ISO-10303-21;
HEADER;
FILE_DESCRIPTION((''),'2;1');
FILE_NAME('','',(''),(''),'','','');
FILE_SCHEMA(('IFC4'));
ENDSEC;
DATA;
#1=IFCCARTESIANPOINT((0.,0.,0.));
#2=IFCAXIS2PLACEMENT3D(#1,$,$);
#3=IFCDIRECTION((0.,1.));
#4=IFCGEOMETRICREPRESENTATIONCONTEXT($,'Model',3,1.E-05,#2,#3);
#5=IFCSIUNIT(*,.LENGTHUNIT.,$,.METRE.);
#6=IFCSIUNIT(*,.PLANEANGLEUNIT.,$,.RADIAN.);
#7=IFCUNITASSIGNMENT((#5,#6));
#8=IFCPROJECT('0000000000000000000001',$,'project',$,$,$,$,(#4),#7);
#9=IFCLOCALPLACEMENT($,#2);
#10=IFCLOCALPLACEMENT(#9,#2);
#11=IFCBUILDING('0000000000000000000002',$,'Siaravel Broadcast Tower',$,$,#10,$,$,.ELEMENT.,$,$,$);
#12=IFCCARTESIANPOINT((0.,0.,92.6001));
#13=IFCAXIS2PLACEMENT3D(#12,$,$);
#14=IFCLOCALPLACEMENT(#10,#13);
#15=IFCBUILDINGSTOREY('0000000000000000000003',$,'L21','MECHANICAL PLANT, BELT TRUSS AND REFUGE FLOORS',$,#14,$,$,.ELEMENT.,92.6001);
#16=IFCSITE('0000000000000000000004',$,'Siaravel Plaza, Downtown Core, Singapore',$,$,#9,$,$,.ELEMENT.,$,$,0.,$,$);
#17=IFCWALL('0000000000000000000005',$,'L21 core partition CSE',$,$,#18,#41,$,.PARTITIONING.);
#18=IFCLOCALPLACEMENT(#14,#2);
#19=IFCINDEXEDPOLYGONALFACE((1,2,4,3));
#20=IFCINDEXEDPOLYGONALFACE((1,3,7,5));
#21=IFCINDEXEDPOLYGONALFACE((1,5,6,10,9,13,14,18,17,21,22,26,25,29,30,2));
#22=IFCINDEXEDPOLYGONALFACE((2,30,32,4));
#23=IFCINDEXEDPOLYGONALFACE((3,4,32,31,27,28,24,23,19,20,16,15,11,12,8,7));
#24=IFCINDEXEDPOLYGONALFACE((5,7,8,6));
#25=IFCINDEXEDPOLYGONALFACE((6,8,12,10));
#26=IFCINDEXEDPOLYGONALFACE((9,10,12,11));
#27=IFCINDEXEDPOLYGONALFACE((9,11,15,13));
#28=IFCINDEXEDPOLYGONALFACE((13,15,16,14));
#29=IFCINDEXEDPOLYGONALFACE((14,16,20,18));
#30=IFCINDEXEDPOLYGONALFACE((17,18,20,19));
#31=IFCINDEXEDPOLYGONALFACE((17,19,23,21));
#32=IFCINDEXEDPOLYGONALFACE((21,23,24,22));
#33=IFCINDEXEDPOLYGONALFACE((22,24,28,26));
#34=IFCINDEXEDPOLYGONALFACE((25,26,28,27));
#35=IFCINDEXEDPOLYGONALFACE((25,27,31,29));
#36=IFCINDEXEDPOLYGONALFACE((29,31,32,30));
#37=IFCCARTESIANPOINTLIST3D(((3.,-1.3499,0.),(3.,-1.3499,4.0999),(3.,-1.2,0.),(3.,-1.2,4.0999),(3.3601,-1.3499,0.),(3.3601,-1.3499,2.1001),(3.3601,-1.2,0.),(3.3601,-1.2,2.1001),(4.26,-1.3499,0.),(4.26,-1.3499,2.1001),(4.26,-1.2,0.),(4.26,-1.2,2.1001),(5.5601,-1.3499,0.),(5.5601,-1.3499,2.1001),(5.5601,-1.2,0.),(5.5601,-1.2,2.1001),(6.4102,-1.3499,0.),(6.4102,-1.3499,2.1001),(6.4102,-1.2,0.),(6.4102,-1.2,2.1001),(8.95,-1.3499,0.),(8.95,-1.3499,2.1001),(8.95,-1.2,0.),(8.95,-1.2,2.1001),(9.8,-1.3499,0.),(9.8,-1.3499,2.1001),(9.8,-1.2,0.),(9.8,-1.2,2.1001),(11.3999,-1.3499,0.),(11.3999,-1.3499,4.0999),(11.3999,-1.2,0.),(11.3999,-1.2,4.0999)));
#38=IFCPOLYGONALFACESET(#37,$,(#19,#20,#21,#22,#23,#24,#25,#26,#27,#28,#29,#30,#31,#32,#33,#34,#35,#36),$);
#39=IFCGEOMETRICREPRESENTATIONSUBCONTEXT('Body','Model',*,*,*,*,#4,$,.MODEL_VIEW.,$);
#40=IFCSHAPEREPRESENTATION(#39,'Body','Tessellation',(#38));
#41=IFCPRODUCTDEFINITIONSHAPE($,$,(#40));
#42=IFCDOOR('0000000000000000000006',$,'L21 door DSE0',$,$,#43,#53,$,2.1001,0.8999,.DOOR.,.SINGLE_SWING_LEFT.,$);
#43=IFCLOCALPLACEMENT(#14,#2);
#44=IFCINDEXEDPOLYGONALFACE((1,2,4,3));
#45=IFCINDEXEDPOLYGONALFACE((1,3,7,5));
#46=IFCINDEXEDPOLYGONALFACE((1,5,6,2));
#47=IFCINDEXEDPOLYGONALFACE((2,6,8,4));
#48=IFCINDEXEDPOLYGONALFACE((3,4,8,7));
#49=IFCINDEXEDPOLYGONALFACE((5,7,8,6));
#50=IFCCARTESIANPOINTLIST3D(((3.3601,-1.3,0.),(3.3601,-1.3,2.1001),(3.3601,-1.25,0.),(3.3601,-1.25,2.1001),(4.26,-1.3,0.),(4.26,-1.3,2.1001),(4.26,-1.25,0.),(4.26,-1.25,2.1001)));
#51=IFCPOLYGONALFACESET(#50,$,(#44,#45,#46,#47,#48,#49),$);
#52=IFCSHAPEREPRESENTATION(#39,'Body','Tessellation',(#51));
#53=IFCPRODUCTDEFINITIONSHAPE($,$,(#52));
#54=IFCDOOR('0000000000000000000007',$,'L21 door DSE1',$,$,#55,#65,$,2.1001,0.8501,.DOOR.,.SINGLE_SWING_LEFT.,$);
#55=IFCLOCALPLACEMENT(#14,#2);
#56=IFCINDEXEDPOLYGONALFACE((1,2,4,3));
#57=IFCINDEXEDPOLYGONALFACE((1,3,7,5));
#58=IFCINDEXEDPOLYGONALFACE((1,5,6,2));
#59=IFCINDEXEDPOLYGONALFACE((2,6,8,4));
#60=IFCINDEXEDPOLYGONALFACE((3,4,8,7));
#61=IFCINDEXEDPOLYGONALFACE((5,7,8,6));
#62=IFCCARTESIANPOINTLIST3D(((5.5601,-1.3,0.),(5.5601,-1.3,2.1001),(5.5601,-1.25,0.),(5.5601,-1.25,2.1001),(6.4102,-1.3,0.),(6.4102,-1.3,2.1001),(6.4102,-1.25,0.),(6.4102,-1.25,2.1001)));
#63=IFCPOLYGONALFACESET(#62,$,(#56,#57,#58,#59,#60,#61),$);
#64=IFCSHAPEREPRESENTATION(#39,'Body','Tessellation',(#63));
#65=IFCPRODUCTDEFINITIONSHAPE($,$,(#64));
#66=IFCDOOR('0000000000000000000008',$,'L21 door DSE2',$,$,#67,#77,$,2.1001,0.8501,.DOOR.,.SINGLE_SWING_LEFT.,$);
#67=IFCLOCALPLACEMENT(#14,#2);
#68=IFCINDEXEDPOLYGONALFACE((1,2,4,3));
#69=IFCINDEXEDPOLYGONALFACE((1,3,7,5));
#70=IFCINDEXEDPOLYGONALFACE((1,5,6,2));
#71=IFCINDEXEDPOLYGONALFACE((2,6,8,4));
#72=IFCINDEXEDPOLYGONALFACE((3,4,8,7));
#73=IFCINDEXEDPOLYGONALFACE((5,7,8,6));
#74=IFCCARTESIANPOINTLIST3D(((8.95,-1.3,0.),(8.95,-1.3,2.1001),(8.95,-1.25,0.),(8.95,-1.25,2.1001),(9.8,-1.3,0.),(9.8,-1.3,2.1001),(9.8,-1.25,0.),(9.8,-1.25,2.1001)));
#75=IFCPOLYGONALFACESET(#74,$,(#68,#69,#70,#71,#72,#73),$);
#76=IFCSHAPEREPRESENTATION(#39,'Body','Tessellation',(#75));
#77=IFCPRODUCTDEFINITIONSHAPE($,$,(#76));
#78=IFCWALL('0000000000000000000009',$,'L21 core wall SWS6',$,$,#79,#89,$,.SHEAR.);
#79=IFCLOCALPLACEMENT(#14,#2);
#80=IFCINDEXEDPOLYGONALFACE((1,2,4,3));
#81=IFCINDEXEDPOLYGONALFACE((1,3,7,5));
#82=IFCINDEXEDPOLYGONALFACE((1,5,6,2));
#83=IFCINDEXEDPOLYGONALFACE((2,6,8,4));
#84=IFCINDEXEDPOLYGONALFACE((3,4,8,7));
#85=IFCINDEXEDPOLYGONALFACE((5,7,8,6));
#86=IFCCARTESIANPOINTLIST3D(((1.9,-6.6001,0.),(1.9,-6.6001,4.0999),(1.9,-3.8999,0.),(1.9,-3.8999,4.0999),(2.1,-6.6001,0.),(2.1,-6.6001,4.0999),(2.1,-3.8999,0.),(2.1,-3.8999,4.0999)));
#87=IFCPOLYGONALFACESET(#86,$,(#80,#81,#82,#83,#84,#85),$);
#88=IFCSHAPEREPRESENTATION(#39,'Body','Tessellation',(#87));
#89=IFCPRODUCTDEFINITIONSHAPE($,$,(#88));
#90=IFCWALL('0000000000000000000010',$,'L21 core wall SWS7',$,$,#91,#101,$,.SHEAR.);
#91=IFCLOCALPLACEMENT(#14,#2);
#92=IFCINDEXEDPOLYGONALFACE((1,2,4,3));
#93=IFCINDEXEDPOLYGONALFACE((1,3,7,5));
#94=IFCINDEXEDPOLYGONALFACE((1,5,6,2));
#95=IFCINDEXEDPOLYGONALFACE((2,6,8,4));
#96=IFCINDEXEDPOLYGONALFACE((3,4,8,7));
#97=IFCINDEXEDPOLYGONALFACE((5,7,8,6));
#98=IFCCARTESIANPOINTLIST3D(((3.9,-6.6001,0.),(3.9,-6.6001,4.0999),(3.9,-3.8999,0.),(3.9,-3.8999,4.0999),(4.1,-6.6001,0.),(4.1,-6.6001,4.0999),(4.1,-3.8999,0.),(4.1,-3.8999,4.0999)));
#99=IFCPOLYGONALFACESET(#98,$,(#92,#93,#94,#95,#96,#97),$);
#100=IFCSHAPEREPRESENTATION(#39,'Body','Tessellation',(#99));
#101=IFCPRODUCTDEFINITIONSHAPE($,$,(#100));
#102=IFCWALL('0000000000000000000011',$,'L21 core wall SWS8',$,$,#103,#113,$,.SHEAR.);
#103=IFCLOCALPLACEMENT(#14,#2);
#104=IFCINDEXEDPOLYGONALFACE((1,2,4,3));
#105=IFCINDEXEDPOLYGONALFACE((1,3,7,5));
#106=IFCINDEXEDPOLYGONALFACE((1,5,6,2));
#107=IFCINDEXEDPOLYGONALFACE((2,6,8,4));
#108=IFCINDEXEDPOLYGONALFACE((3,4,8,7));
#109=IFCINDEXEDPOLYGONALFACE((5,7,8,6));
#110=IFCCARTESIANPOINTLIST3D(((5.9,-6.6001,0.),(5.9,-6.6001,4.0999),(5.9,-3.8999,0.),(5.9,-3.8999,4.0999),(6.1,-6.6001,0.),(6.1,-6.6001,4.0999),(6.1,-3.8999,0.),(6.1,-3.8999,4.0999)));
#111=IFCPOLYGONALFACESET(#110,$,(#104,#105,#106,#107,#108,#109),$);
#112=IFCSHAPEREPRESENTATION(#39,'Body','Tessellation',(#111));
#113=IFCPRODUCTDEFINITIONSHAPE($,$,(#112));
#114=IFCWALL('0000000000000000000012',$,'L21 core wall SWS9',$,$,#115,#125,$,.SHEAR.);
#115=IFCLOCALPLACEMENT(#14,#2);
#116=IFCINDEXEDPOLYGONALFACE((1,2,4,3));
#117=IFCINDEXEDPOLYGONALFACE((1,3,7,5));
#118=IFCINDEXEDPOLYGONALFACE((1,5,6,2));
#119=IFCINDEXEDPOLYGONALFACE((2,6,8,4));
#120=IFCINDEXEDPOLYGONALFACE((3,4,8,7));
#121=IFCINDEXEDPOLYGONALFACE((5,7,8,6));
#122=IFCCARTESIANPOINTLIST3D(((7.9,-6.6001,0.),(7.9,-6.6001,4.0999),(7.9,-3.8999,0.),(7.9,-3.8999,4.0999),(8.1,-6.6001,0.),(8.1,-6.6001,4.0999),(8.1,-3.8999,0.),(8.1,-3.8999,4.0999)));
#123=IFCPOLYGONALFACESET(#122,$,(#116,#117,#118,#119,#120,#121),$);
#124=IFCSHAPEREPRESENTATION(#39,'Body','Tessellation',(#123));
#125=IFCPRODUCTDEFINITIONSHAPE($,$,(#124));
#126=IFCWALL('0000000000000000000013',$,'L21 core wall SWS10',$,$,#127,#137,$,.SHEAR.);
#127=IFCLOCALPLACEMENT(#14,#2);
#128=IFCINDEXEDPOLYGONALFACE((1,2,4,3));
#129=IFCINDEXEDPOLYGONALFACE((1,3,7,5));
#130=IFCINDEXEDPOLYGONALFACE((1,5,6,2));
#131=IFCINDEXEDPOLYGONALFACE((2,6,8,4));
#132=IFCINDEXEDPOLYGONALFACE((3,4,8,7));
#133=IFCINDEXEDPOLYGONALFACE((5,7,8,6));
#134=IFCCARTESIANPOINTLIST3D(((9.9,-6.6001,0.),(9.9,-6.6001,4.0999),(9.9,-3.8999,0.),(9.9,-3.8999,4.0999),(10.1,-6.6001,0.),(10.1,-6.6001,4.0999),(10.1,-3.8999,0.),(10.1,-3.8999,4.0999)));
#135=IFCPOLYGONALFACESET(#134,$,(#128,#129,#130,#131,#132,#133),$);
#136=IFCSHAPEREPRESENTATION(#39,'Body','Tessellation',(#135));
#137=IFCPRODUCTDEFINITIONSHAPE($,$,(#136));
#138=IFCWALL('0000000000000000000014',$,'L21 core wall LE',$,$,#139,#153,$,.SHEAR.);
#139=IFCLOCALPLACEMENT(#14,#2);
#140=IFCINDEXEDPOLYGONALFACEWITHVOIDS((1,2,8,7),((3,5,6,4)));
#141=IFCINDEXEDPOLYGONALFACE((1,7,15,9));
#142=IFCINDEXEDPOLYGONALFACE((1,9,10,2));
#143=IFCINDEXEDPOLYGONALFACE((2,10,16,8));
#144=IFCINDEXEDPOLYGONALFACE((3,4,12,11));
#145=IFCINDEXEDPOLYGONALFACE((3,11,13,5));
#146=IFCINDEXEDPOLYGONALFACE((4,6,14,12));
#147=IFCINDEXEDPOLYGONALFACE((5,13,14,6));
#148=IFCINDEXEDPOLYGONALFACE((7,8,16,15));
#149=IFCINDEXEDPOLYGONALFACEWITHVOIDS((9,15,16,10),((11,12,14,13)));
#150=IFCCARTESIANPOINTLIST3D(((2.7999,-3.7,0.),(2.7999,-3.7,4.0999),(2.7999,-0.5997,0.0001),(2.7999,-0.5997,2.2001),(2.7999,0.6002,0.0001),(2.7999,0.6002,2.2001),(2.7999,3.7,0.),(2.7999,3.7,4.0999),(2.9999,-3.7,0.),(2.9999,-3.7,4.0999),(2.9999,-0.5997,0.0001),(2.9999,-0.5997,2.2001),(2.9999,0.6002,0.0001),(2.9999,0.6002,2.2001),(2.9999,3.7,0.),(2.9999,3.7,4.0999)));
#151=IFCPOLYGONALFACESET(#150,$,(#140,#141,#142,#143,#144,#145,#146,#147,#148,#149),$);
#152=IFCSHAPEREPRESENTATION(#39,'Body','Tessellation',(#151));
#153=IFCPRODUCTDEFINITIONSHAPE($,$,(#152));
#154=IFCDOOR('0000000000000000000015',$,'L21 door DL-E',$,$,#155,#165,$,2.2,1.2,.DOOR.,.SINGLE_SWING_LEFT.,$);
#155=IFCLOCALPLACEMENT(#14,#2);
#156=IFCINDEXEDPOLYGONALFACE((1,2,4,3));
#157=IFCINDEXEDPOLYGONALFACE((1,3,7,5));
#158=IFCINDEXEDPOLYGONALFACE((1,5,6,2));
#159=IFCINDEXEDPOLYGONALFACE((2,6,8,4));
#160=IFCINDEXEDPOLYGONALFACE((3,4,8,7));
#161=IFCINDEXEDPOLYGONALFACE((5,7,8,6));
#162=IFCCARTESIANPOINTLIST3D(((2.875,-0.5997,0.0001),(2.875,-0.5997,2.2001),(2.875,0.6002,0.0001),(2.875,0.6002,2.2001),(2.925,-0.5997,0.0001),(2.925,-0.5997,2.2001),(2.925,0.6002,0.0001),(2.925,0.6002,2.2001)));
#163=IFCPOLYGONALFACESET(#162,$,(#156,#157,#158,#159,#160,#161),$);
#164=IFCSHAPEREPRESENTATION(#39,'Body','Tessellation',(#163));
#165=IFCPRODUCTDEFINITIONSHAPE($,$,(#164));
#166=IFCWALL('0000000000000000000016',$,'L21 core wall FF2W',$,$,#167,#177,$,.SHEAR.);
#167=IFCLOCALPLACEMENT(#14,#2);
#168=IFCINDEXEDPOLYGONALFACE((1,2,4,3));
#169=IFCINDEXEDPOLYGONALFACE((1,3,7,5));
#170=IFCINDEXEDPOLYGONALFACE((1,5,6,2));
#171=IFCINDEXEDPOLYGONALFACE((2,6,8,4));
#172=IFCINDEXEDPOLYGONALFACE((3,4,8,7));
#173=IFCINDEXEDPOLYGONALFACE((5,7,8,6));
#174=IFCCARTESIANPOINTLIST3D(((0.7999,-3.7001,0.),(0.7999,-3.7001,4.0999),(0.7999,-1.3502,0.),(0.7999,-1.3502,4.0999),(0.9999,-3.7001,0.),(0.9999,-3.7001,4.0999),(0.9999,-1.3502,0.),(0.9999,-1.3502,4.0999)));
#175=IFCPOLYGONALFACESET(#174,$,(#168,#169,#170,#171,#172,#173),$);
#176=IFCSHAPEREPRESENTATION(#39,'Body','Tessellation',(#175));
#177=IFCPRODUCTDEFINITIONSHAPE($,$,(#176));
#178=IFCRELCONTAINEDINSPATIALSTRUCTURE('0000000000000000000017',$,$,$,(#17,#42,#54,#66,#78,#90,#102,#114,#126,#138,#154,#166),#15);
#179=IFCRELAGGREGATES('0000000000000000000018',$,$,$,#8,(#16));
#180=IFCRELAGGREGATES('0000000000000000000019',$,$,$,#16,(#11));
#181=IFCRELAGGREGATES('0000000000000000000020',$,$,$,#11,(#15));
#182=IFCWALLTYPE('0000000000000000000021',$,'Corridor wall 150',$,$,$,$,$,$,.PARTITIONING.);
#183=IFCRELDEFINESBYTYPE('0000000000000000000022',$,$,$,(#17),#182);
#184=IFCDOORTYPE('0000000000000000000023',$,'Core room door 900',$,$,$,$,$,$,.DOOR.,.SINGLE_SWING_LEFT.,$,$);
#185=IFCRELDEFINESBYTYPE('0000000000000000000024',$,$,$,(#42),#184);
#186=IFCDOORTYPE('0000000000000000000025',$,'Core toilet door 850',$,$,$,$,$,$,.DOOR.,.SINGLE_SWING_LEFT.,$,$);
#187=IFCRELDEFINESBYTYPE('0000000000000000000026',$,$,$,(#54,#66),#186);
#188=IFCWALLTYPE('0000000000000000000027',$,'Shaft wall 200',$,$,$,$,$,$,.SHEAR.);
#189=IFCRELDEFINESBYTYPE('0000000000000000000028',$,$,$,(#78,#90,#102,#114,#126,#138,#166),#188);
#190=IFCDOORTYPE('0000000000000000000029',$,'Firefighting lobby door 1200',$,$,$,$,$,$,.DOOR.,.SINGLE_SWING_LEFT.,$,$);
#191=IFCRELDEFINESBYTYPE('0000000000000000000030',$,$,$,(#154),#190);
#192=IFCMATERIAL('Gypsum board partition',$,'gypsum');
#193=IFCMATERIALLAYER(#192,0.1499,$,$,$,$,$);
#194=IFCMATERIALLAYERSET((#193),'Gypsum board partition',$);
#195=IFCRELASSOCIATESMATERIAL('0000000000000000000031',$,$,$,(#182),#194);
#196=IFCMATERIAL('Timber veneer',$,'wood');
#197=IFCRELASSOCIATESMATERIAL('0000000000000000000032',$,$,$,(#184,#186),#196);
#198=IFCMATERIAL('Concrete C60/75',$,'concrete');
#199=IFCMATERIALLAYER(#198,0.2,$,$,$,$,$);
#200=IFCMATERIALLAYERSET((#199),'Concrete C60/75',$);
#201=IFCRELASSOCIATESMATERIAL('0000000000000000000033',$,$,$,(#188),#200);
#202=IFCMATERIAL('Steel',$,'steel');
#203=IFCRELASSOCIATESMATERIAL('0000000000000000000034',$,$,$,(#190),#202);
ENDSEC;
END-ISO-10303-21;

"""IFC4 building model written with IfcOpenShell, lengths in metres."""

from ifc_helpers import new_model, si_unit, direction, frame, frame_2d, origin, place, context, subcontext, project, spatial, rectangle, extrude, material, layer, layer_set, type_object, element, fill, save


model = new_model("IFC4")

# Units and contexts
model_context = context("Model", 3, precision=1e-05, world=origin(), true_north=direction((0.0, 1.0)))
body_context = subcontext(model_context, "Body", "Model", "MODEL_VIEW")
ifc_project = project(units=[si_unit("LENGTHUNIT", "METRE"), si_unit("PLANEANGLEUNIT", "RADIAN")], contexts=[model_context])

# Site, building, storey
site_placement = place(None, origin())
site = spatial("IfcSite", under=ifc_project, at=site_placement, Name="Siaravel Plaza, Downtown Core, Singapore", CompositionType="ELEMENT", RefElevation=0.0)
building_placement = place(site_placement, origin())
building = spatial("IfcBuilding", under=site, at=building_placement, Name="Siaravel Broadcast Tower", CompositionType="ELEMENT")
storey_placement = place(building_placement, frame((0.0, 0.0, 92.6001)))
storey = spatial("IfcBuildingStorey", under=building, at=storey_placement, Name="L21", Description="MECHANICAL PLANT, BELT TRUSS AND REFUGE FLOORS", CompositionType="ELEMENT", Elevation=92.6001)

# Wall, openings, doors
ifc_material_1 = material(Name="Gypsum board partition", Category="gypsum")
ifc_layer_1 = layer(ifc_material_1, 0.1499)
ifc_layer_set_1 = layer_set([ifc_layer_1], Name="Gypsum board partition")
wall_type_1 = type_object("IfcWallType", Name="Corridor wall 150", PredefinedType="PARTITIONING", material=ifc_layer_set_1)
wall_1_placement = place(storey_placement, frame((3.0, -1.2749, 0.0), z_axis=(0.0, 0.0, 1.0), x_axis=(1.0, 0.0, 0.0)))
wall_1 = element("IfcWall", 1, at=wall_1_placement, inside=storey, type_object=wall_type_1, Name="L21 core partition CSE", PredefinedType="PARTITIONING", context=body_context, shape_type="SweptSolid", body=[
    extrude(rectangle(XDim=8.3999, YDim=0.1499, at=frame_2d((4.2, 0.0))), origin(), (0.0, 0.0, 1.0), 4.0999),
])
opening_1_placement = place(wall_1_placement, frame((0.3601, 0.0, 0.0)))
opening_1 = element("IfcOpeningElement", 2, at=opening_1_placement, cuts=wall_1, PredefinedType="OPENING", context=body_context, shape_type="SweptSolid", body=[
    extrude(rectangle(XDim=0.8999, YDim=2.1001, at=frame_2d((0.45, 1.05))), frame((0.0, 0.085, 0.0), z_axis=(0.0, -1.0, 0.0), x_axis=(1.0, 0.0, 0.0)), (0.0, 0.0, 1.0), 0.1699),
])
opening_2_placement = place(wall_1_placement, frame((2.5601, 0.0, 0.0)))
opening_2 = element("IfcOpeningElement", 3, at=opening_2_placement, cuts=wall_1, PredefinedType="OPENING", context=body_context, shape_type="SweptSolid", body=[
    extrude(rectangle(XDim=0.8501, YDim=2.1001, at=frame_2d((0.425, 1.05))), frame((0.0, 0.085, 0.0), z_axis=(0.0, -1.0, 0.0), x_axis=(1.0, 0.0, 0.0)), (0.0, 0.0, 1.0), 0.1699),
])
opening_3_placement = place(wall_1_placement, frame((5.95, 0.0, 0.0)))
opening_3 = element("IfcOpeningElement", 4, at=opening_3_placement, cuts=wall_1, PredefinedType="OPENING", context=body_context, shape_type="SweptSolid", body=[
    extrude(rectangle(XDim=0.8501, YDim=2.1001, at=frame_2d((0.425, 1.05))), frame((0.0, 0.085, 0.0), z_axis=(0.0, -1.0, 0.0), x_axis=(1.0, 0.0, 0.0)), (0.0, 0.0, 1.0), 0.1699),
])
ifc_material_2 = material(Name="Timber veneer", Category="wood")
door_type_1 = type_object("IfcDoorType", Name="Core room door 900", OperationType="SINGLE_SWING_LEFT", PredefinedType="DOOR", material=ifc_material_2)
door_1_placement = place(opening_1_placement, origin())
door_1 = element("IfcDoor", 5, at=door_1_placement, inside=storey, type_object=door_type_1, Name="L21 door DSE0", OperationType="SINGLE_SWING_LEFT", OverallHeight=2.1001, OverallWidth=0.8999, PredefinedType="DOOR", context=body_context, shape_type="SweptSolid", body=[
    extrude(rectangle(XDim=0.8999, YDim=2.1001, at=frame_2d((0.45, 1.05))), frame((0.0, 0.0249, 0.0), z_axis=(0.0, -1.0, 0.0), x_axis=(1.0, 0.0, 0.0)), (0.0, 0.0, 1.0), 0.05),
])
fill(opening_1, door_1)
door_type_2 = type_object("IfcDoorType", Name="Core toilet door 850", OperationType="SINGLE_SWING_LEFT", PredefinedType="DOOR", material=ifc_material_2)
door_2_placement = place(opening_2_placement, origin())
door_2 = element("IfcDoor", 6, at=door_2_placement, inside=storey, type_object=door_type_2, Name="L21 door DSE1", OperationType="SINGLE_SWING_LEFT", OverallHeight=2.1001, OverallWidth=0.8501, PredefinedType="DOOR", context=body_context, shape_type="SweptSolid", body=[
    extrude(rectangle(XDim=0.8501, YDim=2.1001, at=frame_2d((0.425, 1.05))), frame((0.0, 0.0249, 0.0), z_axis=(0.0, -1.0, 0.0), x_axis=(1.0, 0.0, 0.0)), (0.0, 0.0, 1.0), 0.05),
])
fill(opening_2, door_2)
door_3_placement = place(opening_3_placement, origin())
door_3 = element("IfcDoor", 7, at=door_3_placement, inside=storey, type_object=door_type_2, Name="L21 door DSE2", OperationType="SINGLE_SWING_LEFT", OverallHeight=2.1001, OverallWidth=0.8501, PredefinedType="DOOR", context=body_context, shape_type="SweptSolid", body=[
    extrude(rectangle(XDim=0.8501, YDim=2.1001, at=frame_2d((0.425, 1.05))), frame((0.0, 0.0249, 0.0), z_axis=(0.0, -1.0, 0.0), x_axis=(1.0, 0.0, 0.0)), (0.0, 0.0, 1.0), 0.05),
])
fill(opening_3, door_3)

# Walls
ifc_material_3 = material(Name="Concrete C60/75", Category="concrete")
ifc_layer_2 = layer(ifc_material_3, 0.2)
ifc_layer_set_2 = layer_set([ifc_layer_2], Name="Concrete C60/75")
wall_type_2 = type_object("IfcWallType", Name="Shaft wall 200", PredefinedType="SHEAR", material=ifc_layer_set_2)
for number, where, z_axis, x_axis, name in (
    (8, (2.0, -6.6001, 0.0), (0.0, 0.0, 1.0), (0.0, 1.0, 0.0), "L21 core wall SWS6"),
    (9, (4.0, -6.6001, 0.0), (0.0, 0.0, 1.0), (0.0, 1.0, 0.0), "L21 core wall SWS7"),
    (10, (6.0, -6.6001, 0.0), (0.0, 0.0, 1.0), (0.0, 1.0, 0.0), "L21 core wall SWS8"),
    (11, (8.0, -6.6001, 0.0), (0.0, 0.0, 1.0), (0.0, 1.0, 0.0), "L21 core wall SWS9"),
    (12, (10.0, -6.6001, 0.0), (0.0, 0.0, 1.0), (0.0, 1.0, 0.0), "L21 core wall SWS10"),
):
    element("IfcWall", number, at=place(storey_placement, frame(where, z_axis=z_axis, x_axis=x_axis)), inside=storey, type_object=wall_type_2, Name=name, PredefinedType="SHEAR", context=body_context, shape_type="SweptSolid", body=[
        extrude(rectangle(XDim=2.7002, YDim=0.2, at=frame_2d((1.3501, 0.0))), origin(), (0.0, 0.0, 1.0), 4.0999),
    ])

# Wall, opening, door
wall_2_placement = place(storey_placement, frame((2.8999, -3.7, 0.0), z_axis=(0.0, 0.0, 1.0), x_axis=(0.0, 1.0, 0.0)))
wall_2 = element("IfcWall", 13, at=wall_2_placement, inside=storey, type_object=wall_type_2, Name="L21 core wall LE", PredefinedType="SHEAR", context=body_context, shape_type="SweptSolid", body=[
    extrude(rectangle(XDim=7.3999, YDim=0.2, at=frame_2d((3.7, 0.0))), origin(), (0.0, 0.0, 1.0), 4.0999),
])
opening_4_placement = place(wall_2_placement, frame((3.1001, 0.0, 0.0)))
opening_4 = element("IfcOpeningElement", 14, at=opening_4_placement, cuts=wall_2, PredefinedType="OPENING", context=body_context, shape_type="SweptSolid", body=[
    extrude(rectangle(XDim=1.2, YDim=2.2, at=frame_2d((0.6001, 1.1001))), frame((0.0, 0.1099, 0.0), z_axis=(0.0, -1.0, 0.0), x_axis=(1.0, 0.0, 0.0)), (0.0, 0.0, 1.0), 0.22),
])
ifc_material_4 = material(Name="Steel", Category="steel")
door_type_3 = type_object("IfcDoorType", Name="Firefighting lobby door 1200", OperationType="SINGLE_SWING_LEFT", PredefinedType="DOOR", material=ifc_material_4)
door_4_placement = place(opening_4_placement, origin())
door_4 = element("IfcDoor", 15, at=door_4_placement, inside=storey, type_object=door_type_3, Name="L21 door DL-E", OperationType="SINGLE_SWING_LEFT", OverallHeight=2.2, OverallWidth=1.2, PredefinedType="DOOR", context=body_context, shape_type="SweptSolid", body=[
    extrude(rectangle(XDim=1.2, YDim=2.2, at=frame_2d((0.6001, 1.1001))), frame((0.0, 0.0249, 0.0), z_axis=(0.0, -1.0, 0.0), x_axis=(1.0, 0.0, 0.0)), (0.0, 0.0, 1.0), 0.05),
])
fill(opening_4, door_4)

# Wall
wall_3_placement = place(storey_placement, frame((0.8999, -3.7, 0.0), z_axis=(0.0, 0.0, 1.0), x_axis=(0.0, 1.0, 0.0)))
element("IfcWall", 16, at=wall_3_placement, inside=storey, type_object=wall_type_2, Name="L21 core wall FF2W", PredefinedType="SHEAR", context=body_context, shape_type="SweptSolid", body=[
    extrude(rectangle(XDim=2.3499, YDim=0.2, at=frame_2d((1.1748, 0.0))), origin(), (0.0, 0.0, 1.0), 4.0999),
])

save(model, "model.ifc")
